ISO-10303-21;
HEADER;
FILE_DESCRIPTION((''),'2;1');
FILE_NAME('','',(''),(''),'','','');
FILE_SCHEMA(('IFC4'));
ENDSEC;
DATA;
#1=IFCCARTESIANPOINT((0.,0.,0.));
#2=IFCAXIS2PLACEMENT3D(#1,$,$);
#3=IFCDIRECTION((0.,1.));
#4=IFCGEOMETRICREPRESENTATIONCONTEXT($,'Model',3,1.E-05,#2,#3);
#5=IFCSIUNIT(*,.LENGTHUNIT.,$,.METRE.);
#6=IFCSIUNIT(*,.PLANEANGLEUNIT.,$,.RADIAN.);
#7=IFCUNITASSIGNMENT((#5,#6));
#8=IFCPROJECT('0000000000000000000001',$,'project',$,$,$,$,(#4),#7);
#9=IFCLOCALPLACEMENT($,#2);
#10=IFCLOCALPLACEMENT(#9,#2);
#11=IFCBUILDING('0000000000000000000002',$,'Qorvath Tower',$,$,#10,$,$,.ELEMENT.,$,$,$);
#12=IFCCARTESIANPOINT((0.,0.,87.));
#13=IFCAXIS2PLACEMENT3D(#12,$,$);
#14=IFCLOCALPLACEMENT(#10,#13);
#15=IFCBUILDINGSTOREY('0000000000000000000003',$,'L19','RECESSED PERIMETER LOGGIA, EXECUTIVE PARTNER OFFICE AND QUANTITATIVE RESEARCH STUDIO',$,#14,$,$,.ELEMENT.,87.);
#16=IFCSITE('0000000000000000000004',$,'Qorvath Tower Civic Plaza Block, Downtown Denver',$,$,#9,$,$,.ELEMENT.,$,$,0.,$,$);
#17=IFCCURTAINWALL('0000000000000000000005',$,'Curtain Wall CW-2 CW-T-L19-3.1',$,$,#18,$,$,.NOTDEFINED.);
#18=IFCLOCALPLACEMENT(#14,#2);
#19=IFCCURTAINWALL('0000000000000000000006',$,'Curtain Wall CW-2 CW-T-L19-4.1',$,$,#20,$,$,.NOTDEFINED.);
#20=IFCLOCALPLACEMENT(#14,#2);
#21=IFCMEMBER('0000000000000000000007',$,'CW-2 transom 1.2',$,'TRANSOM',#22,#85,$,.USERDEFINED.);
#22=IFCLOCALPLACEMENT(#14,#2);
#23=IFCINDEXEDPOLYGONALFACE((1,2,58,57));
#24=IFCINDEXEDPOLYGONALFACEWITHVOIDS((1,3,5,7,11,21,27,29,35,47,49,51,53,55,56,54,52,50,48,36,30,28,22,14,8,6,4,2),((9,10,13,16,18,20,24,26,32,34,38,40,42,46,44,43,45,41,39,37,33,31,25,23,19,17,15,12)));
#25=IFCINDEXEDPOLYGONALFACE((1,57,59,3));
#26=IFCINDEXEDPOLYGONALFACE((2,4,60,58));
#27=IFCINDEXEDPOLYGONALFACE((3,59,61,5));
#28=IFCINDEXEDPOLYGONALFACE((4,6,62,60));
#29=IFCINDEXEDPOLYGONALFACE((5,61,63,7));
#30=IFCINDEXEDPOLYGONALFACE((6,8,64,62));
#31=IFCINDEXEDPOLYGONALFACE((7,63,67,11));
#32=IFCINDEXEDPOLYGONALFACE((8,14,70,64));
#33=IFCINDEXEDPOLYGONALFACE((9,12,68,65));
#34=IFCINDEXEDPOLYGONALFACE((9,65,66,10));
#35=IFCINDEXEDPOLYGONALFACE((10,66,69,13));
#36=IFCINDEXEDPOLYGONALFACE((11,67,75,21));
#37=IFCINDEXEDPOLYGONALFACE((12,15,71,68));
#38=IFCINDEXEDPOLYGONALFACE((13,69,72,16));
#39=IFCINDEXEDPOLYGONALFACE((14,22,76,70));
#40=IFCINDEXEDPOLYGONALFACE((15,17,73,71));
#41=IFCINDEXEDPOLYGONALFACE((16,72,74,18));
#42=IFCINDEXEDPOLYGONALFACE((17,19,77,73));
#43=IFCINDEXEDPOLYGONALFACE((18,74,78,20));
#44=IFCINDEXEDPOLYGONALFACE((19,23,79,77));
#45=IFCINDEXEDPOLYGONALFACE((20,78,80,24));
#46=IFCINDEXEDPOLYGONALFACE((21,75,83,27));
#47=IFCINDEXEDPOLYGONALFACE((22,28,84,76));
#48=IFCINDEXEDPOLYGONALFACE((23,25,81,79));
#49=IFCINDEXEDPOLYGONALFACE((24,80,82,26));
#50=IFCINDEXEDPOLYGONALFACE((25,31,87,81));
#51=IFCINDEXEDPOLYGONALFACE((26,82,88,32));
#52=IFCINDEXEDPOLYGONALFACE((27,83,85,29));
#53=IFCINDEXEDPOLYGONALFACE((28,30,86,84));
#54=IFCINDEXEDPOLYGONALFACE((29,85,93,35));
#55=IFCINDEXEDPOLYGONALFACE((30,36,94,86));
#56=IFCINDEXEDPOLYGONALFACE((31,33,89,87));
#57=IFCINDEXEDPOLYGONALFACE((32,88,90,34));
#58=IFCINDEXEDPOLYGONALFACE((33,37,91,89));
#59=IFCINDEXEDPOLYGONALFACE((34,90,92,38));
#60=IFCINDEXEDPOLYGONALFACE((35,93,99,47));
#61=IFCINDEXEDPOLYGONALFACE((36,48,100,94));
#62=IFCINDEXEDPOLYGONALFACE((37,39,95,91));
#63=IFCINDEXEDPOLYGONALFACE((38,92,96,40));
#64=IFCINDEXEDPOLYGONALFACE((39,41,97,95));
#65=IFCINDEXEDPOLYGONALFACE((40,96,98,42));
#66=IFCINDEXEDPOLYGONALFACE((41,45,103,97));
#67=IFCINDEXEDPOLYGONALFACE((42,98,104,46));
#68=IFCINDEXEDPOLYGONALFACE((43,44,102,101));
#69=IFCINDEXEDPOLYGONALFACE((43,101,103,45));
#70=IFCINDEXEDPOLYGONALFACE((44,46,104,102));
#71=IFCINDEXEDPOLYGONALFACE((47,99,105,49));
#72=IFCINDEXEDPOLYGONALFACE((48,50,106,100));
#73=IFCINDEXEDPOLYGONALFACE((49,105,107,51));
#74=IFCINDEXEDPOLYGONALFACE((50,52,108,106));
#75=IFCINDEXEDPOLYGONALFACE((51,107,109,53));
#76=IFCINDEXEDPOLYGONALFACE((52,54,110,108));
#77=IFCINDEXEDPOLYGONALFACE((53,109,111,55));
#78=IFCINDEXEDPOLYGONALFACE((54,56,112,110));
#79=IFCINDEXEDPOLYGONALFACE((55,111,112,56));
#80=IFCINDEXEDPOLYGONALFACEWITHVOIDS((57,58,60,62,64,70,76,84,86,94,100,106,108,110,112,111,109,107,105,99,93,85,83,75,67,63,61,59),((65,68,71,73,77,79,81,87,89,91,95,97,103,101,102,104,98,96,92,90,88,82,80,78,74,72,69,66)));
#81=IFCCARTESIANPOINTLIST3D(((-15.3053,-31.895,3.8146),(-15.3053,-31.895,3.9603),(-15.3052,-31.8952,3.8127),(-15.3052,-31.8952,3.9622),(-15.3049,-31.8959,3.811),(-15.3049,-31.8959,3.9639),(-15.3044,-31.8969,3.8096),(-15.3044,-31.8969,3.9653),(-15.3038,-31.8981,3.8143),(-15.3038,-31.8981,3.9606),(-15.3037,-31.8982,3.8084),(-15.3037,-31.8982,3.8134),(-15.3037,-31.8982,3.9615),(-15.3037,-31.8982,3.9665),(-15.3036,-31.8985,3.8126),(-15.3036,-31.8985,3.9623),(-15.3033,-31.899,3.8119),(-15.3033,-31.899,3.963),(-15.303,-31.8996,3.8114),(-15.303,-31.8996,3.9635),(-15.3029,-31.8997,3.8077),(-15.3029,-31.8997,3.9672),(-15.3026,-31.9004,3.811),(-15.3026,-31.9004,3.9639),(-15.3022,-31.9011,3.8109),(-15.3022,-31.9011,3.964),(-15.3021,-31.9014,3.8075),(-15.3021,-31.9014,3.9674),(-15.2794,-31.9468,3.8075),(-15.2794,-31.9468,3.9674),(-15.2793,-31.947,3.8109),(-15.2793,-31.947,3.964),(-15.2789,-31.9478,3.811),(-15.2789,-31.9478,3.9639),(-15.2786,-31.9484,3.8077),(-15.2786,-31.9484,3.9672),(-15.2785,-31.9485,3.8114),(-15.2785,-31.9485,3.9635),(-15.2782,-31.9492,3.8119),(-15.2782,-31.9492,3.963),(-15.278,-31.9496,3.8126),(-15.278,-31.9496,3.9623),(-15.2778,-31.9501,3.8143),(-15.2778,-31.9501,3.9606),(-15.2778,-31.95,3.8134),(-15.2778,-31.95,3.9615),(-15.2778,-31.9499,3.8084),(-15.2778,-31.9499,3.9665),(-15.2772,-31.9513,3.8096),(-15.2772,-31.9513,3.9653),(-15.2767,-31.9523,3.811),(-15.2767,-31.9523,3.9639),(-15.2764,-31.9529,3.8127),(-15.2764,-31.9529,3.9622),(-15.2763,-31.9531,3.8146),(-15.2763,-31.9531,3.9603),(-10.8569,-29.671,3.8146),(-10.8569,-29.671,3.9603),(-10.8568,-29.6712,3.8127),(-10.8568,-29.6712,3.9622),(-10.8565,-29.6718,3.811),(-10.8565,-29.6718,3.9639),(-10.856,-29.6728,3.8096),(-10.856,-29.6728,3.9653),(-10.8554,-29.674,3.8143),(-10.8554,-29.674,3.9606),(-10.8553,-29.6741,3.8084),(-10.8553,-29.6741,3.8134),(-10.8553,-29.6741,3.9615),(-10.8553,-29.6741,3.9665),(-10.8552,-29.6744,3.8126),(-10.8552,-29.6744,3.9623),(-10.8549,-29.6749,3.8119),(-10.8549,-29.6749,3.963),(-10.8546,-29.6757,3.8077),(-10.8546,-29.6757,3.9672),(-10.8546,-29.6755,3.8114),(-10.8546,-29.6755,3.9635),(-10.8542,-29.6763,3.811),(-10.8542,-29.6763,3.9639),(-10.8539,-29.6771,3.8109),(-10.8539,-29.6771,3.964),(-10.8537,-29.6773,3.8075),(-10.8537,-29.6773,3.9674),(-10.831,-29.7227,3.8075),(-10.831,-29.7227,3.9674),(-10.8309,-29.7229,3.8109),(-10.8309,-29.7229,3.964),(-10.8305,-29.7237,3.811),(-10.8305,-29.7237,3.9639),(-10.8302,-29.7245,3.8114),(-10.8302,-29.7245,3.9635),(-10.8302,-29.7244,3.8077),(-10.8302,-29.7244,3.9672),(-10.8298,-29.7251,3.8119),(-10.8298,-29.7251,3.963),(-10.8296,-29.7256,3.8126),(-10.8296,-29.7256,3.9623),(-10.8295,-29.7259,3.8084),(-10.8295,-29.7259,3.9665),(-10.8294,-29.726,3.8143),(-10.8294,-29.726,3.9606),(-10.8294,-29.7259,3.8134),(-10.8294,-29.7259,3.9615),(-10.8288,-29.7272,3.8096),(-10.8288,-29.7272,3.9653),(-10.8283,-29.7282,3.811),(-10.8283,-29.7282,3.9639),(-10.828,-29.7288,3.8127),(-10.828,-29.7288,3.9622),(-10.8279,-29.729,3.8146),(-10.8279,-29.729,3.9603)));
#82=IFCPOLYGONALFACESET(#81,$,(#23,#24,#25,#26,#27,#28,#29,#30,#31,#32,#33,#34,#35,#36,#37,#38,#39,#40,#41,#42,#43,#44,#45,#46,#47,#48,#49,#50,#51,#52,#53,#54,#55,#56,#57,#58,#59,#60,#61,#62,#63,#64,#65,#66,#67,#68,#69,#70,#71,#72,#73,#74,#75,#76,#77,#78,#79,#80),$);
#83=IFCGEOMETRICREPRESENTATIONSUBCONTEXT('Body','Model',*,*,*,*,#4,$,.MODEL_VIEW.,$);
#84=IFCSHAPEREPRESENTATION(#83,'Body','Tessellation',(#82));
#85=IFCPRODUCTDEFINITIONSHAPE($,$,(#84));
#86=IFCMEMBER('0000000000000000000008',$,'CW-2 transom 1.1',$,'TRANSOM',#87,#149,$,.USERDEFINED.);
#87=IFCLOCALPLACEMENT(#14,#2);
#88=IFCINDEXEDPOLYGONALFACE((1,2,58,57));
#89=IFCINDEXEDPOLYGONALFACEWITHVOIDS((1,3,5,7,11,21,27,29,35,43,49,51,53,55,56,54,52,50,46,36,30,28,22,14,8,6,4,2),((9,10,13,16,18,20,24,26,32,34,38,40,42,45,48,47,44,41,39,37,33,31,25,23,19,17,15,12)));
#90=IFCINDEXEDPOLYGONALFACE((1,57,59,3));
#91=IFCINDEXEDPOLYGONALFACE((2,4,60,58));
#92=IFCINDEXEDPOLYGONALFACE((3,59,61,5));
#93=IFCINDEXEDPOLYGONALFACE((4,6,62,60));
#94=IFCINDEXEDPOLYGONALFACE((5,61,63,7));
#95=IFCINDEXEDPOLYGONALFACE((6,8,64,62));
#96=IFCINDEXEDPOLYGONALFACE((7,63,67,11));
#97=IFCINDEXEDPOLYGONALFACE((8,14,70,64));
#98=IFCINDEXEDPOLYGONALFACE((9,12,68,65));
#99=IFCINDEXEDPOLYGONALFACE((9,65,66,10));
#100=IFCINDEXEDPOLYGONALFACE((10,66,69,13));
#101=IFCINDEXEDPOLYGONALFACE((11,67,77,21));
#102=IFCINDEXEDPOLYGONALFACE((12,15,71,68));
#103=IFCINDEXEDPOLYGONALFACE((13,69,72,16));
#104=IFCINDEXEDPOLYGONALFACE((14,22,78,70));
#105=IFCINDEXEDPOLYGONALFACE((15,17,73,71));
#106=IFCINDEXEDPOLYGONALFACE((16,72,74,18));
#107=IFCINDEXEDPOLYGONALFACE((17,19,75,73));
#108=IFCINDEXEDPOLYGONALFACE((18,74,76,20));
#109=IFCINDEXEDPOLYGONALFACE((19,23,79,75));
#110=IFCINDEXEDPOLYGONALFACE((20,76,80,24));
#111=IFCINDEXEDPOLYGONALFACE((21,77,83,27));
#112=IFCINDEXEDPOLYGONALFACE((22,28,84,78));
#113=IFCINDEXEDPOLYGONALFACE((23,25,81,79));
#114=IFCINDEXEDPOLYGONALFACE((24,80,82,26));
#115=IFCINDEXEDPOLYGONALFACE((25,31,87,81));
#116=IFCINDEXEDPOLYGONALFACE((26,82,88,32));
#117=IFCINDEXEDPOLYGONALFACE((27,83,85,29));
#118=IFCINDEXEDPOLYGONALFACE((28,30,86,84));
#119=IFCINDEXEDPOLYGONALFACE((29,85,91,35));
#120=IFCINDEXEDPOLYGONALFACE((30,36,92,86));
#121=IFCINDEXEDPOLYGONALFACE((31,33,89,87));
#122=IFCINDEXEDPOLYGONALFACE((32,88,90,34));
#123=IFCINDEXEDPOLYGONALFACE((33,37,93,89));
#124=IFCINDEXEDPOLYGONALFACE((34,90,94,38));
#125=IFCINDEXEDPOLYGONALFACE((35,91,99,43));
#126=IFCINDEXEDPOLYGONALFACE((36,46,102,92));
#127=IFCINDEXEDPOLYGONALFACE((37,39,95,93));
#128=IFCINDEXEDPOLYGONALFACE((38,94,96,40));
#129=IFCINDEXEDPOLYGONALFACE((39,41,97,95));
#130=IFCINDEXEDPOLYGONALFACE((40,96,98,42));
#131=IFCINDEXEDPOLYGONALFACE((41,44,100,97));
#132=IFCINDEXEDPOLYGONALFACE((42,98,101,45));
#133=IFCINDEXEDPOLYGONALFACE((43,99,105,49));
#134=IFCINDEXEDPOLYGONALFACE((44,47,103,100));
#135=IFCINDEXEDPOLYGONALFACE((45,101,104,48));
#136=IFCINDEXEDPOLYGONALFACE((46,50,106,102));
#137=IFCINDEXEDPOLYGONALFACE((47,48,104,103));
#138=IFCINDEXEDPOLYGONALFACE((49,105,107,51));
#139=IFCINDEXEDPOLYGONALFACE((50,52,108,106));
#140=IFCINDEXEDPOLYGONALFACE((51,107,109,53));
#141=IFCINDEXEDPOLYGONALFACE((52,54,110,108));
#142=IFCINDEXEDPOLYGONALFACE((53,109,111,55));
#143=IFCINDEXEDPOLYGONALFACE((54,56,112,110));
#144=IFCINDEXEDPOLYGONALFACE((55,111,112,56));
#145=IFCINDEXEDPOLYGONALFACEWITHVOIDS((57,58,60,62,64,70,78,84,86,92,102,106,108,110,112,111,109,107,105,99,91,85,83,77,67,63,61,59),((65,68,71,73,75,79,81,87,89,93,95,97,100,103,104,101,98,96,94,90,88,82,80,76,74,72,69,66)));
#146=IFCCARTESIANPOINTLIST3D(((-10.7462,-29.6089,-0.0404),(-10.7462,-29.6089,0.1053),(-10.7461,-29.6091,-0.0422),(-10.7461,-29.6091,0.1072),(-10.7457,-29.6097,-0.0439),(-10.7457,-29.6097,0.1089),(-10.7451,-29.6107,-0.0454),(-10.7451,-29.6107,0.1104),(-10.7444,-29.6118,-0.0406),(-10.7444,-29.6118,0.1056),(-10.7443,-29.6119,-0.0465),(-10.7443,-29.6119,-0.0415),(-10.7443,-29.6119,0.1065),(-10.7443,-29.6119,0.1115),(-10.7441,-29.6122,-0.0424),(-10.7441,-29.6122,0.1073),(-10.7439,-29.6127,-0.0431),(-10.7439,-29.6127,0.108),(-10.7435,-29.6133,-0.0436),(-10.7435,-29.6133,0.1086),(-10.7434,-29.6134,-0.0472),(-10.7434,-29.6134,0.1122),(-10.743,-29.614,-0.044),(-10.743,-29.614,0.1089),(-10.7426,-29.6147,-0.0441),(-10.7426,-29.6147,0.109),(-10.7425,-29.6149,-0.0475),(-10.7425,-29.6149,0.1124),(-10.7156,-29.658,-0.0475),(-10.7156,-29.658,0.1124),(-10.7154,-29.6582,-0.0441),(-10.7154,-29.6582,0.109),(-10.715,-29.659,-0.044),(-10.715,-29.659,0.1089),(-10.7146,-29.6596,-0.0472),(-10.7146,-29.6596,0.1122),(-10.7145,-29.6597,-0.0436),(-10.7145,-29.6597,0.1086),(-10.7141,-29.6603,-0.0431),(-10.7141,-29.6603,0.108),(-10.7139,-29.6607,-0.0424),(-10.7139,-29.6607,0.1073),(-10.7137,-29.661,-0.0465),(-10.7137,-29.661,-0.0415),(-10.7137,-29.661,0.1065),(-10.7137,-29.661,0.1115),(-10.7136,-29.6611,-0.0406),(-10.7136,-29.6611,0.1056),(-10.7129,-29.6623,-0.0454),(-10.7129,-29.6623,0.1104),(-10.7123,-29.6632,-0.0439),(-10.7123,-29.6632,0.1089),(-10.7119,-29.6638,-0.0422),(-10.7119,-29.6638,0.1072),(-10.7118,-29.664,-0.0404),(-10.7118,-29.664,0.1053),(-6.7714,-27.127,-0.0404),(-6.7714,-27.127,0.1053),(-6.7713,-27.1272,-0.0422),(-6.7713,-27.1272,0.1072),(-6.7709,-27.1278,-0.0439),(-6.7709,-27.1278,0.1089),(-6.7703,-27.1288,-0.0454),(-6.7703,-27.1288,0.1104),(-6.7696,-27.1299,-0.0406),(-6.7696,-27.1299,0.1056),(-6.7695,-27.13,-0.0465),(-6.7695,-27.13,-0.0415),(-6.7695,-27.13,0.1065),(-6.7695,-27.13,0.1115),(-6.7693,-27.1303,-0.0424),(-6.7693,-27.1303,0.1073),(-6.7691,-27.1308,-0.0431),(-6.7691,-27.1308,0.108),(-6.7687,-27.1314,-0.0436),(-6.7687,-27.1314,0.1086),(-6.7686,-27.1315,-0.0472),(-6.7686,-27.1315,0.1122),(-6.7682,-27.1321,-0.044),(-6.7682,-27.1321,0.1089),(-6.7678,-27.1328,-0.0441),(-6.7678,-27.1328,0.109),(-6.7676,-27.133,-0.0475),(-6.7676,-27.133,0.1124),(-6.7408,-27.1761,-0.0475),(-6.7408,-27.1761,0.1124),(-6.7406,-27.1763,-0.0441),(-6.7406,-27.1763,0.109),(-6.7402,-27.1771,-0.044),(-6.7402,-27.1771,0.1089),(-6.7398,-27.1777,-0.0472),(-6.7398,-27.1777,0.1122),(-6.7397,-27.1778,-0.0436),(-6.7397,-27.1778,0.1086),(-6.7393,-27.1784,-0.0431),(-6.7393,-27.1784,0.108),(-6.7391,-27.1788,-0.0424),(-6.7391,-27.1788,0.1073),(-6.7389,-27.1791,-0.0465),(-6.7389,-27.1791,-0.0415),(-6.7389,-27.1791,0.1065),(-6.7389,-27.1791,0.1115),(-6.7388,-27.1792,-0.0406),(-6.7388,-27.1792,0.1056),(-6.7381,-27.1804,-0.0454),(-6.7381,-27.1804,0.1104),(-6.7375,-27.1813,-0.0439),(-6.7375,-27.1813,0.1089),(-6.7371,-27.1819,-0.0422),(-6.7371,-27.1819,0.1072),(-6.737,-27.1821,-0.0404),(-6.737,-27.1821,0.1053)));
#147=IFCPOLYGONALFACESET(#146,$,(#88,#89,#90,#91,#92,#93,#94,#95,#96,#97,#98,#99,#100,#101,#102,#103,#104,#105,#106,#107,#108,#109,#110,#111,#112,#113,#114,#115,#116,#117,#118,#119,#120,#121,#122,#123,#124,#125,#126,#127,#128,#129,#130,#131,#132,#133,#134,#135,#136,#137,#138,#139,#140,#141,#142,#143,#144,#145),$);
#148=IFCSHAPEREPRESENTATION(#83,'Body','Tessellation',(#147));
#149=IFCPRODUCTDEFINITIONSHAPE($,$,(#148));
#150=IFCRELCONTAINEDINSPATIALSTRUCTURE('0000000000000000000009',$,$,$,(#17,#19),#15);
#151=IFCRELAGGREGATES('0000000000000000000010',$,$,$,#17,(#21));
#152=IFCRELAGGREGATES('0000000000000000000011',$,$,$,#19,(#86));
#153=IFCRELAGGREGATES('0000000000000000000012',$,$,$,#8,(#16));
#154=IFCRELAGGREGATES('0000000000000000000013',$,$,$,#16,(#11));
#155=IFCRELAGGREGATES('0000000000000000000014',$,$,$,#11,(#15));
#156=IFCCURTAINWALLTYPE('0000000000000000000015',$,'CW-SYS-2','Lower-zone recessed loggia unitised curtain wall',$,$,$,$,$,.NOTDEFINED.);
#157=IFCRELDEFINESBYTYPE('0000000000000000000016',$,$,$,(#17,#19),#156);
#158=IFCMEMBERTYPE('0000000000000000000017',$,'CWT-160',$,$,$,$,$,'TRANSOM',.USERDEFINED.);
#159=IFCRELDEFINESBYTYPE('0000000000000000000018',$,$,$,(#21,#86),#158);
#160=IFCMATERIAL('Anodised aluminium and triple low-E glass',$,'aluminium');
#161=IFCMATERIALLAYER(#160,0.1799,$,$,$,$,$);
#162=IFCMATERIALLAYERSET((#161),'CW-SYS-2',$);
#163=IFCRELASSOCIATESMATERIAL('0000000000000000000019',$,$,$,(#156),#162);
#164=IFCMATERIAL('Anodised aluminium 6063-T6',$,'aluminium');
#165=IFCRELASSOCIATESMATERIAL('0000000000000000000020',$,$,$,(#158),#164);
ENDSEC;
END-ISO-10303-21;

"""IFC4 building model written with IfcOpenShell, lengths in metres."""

from ifc_helpers import new_model, si_unit, direction, frame, origin, origin_2d, place, context, subcontext, project, spatial, hollow_rectangle, extrude, material, layer, layer_set, material_profile, profile_set, type_object, element, aggregate, save


model = new_model("IFC4")

# Units and contexts
model_context = context("Model", 3, precision=1e-05, world=origin(), true_north=direction((0.0, 1.0)))
body_context = subcontext(model_context, "Body", "Model", "MODEL_VIEW")
ifc_project = project(units=[si_unit("LENGTHUNIT", "METRE"), si_unit("PLANEANGLEUNIT", "RADIAN")], contexts=[model_context])

# Site, building, storey
site_placement = place(None, origin())
site = spatial("IfcSite", under=ifc_project, at=site_placement, Name="Qorvath Tower Civic Plaza Block, Downtown Denver", CompositionType="ELEMENT", RefElevation=0.0)
building_placement = place(site_placement, origin())
building = spatial("IfcBuilding", under=site, at=building_placement, Name="Qorvath Tower", CompositionType="ELEMENT")
storey_placement = place(building_placement, frame((0.0, 0.0, 87.0)))
storey = spatial("IfcBuildingStorey", under=building, at=storey_placement, Name="L19", Description="RECESSED PERIMETER LOGGIA, EXECUTIVE PARTNER OFFICE AND QUANTITATIVE RESEARCH STUDIO", CompositionType="ELEMENT", Elevation=87.0)

# Shared definitions
ifc_material_1 = material(Name="Anodised aluminium and triple low-E glass", Category="aluminium")
ifc_layer_1 = layer(ifc_material_1, 0.1799)
ifc_layer_set_1 = layer_set([ifc_layer_1], Name="CW-SYS-2")
curtain_wall_type = type_object("IfcCurtainWallType", Name="CW-SYS-2", Description="Lower-zone recessed loggia unitised curtain wall", PredefinedType="NOTDEFINED", material=ifc_layer_set_1)

# Curtain walls
curtain_wall_1_placement = place(storey_placement, origin())
curtain_wall_1 = element("IfcCurtainWall", 1, at=curtain_wall_1_placement, inside=storey, type_object=curtain_wall_type, Name="Curtain Wall CW-2 CW-T-L19-3.1", PredefinedType="NOTDEFINED")
curtain_wall_2_placement = place(storey_placement, origin())
curtain_wall_2 = element("IfcCurtainWall", 2, at=curtain_wall_2_placement, inside=storey, type_object=curtain_wall_type, Name="Curtain Wall CW-2 CW-T-L19-4.1", PredefinedType="NOTDEFINED")

# Members
ifc_material_2 = material(Name="Anodised aluminium 6063-T6", Category="aluminium")
ifc_material_profile_1 = material_profile(ifc_material_2, hollow_rectangle(XDim=0.0649, YDim=0.1599, WallThickness=0.0034, InnerFilletRadius=0.0034, OuterFilletRadius=0.0071, at=origin_2d()), Name="CWT 160x65")
ifc_profile_set_1 = profile_set([ifc_material_profile_1], Name="Anodised aluminium 6063-T6")
member_type_1 = type_object("IfcMemberType", Name="CWT-160", ElementType="TRANSOM", PredefinedType="USERDEFINED", material=ifc_profile_set_1)
member_1_placement = place(storey_placement, frame((-15.2908, -31.9241, 3.8875), z_axis=(0.894437, 0.447194, 0.0), x_axis=(-0.447194, 0.894437, 0.0)))
member_1 = element("IfcMember", 3, at=member_1_placement, type_object=member_type_1, Name="CW-2 transom 1.2", ObjectType="TRANSOM", PredefinedType="USERDEFINED", context=body_context, shape_type="SweptSolid", body=[
    extrude(hollow_rectangle(XDim=0.0649, YDim=0.1599, WallThickness=0.0034, InnerFilletRadius=0.0034, OuterFilletRadius=0.0071, at=origin_2d()), origin(), (0.0, 0.0, 1.0), 4.9734),
])
member_2_placement = place(storey_placement, frame((-10.729, -29.6365, 0.0325), z_axis=(0.848224, 0.529638, 0.0), x_axis=(-0.529638, 0.848224, 0.0)))
member_2 = element("IfcMember", 4, at=member_2_placement, type_object=member_type_1, Name="CW-2 transom 1.1", ObjectType="TRANSOM", PredefinedType="USERDEFINED", context=body_context, shape_type="SweptSolid", body=[
    extrude(hollow_rectangle(XDim=0.0649, YDim=0.1599, WallThickness=0.0034, InnerFilletRadius=0.0034, OuterFilletRadius=0.0071, at=origin_2d()), origin(), (0.0, 0.0, 1.0), 4.686),
])

aggregate(curtain_wall_1, [member_1])
aggregate(curtain_wall_2, [member_2])

save(model, "model.ifc")
